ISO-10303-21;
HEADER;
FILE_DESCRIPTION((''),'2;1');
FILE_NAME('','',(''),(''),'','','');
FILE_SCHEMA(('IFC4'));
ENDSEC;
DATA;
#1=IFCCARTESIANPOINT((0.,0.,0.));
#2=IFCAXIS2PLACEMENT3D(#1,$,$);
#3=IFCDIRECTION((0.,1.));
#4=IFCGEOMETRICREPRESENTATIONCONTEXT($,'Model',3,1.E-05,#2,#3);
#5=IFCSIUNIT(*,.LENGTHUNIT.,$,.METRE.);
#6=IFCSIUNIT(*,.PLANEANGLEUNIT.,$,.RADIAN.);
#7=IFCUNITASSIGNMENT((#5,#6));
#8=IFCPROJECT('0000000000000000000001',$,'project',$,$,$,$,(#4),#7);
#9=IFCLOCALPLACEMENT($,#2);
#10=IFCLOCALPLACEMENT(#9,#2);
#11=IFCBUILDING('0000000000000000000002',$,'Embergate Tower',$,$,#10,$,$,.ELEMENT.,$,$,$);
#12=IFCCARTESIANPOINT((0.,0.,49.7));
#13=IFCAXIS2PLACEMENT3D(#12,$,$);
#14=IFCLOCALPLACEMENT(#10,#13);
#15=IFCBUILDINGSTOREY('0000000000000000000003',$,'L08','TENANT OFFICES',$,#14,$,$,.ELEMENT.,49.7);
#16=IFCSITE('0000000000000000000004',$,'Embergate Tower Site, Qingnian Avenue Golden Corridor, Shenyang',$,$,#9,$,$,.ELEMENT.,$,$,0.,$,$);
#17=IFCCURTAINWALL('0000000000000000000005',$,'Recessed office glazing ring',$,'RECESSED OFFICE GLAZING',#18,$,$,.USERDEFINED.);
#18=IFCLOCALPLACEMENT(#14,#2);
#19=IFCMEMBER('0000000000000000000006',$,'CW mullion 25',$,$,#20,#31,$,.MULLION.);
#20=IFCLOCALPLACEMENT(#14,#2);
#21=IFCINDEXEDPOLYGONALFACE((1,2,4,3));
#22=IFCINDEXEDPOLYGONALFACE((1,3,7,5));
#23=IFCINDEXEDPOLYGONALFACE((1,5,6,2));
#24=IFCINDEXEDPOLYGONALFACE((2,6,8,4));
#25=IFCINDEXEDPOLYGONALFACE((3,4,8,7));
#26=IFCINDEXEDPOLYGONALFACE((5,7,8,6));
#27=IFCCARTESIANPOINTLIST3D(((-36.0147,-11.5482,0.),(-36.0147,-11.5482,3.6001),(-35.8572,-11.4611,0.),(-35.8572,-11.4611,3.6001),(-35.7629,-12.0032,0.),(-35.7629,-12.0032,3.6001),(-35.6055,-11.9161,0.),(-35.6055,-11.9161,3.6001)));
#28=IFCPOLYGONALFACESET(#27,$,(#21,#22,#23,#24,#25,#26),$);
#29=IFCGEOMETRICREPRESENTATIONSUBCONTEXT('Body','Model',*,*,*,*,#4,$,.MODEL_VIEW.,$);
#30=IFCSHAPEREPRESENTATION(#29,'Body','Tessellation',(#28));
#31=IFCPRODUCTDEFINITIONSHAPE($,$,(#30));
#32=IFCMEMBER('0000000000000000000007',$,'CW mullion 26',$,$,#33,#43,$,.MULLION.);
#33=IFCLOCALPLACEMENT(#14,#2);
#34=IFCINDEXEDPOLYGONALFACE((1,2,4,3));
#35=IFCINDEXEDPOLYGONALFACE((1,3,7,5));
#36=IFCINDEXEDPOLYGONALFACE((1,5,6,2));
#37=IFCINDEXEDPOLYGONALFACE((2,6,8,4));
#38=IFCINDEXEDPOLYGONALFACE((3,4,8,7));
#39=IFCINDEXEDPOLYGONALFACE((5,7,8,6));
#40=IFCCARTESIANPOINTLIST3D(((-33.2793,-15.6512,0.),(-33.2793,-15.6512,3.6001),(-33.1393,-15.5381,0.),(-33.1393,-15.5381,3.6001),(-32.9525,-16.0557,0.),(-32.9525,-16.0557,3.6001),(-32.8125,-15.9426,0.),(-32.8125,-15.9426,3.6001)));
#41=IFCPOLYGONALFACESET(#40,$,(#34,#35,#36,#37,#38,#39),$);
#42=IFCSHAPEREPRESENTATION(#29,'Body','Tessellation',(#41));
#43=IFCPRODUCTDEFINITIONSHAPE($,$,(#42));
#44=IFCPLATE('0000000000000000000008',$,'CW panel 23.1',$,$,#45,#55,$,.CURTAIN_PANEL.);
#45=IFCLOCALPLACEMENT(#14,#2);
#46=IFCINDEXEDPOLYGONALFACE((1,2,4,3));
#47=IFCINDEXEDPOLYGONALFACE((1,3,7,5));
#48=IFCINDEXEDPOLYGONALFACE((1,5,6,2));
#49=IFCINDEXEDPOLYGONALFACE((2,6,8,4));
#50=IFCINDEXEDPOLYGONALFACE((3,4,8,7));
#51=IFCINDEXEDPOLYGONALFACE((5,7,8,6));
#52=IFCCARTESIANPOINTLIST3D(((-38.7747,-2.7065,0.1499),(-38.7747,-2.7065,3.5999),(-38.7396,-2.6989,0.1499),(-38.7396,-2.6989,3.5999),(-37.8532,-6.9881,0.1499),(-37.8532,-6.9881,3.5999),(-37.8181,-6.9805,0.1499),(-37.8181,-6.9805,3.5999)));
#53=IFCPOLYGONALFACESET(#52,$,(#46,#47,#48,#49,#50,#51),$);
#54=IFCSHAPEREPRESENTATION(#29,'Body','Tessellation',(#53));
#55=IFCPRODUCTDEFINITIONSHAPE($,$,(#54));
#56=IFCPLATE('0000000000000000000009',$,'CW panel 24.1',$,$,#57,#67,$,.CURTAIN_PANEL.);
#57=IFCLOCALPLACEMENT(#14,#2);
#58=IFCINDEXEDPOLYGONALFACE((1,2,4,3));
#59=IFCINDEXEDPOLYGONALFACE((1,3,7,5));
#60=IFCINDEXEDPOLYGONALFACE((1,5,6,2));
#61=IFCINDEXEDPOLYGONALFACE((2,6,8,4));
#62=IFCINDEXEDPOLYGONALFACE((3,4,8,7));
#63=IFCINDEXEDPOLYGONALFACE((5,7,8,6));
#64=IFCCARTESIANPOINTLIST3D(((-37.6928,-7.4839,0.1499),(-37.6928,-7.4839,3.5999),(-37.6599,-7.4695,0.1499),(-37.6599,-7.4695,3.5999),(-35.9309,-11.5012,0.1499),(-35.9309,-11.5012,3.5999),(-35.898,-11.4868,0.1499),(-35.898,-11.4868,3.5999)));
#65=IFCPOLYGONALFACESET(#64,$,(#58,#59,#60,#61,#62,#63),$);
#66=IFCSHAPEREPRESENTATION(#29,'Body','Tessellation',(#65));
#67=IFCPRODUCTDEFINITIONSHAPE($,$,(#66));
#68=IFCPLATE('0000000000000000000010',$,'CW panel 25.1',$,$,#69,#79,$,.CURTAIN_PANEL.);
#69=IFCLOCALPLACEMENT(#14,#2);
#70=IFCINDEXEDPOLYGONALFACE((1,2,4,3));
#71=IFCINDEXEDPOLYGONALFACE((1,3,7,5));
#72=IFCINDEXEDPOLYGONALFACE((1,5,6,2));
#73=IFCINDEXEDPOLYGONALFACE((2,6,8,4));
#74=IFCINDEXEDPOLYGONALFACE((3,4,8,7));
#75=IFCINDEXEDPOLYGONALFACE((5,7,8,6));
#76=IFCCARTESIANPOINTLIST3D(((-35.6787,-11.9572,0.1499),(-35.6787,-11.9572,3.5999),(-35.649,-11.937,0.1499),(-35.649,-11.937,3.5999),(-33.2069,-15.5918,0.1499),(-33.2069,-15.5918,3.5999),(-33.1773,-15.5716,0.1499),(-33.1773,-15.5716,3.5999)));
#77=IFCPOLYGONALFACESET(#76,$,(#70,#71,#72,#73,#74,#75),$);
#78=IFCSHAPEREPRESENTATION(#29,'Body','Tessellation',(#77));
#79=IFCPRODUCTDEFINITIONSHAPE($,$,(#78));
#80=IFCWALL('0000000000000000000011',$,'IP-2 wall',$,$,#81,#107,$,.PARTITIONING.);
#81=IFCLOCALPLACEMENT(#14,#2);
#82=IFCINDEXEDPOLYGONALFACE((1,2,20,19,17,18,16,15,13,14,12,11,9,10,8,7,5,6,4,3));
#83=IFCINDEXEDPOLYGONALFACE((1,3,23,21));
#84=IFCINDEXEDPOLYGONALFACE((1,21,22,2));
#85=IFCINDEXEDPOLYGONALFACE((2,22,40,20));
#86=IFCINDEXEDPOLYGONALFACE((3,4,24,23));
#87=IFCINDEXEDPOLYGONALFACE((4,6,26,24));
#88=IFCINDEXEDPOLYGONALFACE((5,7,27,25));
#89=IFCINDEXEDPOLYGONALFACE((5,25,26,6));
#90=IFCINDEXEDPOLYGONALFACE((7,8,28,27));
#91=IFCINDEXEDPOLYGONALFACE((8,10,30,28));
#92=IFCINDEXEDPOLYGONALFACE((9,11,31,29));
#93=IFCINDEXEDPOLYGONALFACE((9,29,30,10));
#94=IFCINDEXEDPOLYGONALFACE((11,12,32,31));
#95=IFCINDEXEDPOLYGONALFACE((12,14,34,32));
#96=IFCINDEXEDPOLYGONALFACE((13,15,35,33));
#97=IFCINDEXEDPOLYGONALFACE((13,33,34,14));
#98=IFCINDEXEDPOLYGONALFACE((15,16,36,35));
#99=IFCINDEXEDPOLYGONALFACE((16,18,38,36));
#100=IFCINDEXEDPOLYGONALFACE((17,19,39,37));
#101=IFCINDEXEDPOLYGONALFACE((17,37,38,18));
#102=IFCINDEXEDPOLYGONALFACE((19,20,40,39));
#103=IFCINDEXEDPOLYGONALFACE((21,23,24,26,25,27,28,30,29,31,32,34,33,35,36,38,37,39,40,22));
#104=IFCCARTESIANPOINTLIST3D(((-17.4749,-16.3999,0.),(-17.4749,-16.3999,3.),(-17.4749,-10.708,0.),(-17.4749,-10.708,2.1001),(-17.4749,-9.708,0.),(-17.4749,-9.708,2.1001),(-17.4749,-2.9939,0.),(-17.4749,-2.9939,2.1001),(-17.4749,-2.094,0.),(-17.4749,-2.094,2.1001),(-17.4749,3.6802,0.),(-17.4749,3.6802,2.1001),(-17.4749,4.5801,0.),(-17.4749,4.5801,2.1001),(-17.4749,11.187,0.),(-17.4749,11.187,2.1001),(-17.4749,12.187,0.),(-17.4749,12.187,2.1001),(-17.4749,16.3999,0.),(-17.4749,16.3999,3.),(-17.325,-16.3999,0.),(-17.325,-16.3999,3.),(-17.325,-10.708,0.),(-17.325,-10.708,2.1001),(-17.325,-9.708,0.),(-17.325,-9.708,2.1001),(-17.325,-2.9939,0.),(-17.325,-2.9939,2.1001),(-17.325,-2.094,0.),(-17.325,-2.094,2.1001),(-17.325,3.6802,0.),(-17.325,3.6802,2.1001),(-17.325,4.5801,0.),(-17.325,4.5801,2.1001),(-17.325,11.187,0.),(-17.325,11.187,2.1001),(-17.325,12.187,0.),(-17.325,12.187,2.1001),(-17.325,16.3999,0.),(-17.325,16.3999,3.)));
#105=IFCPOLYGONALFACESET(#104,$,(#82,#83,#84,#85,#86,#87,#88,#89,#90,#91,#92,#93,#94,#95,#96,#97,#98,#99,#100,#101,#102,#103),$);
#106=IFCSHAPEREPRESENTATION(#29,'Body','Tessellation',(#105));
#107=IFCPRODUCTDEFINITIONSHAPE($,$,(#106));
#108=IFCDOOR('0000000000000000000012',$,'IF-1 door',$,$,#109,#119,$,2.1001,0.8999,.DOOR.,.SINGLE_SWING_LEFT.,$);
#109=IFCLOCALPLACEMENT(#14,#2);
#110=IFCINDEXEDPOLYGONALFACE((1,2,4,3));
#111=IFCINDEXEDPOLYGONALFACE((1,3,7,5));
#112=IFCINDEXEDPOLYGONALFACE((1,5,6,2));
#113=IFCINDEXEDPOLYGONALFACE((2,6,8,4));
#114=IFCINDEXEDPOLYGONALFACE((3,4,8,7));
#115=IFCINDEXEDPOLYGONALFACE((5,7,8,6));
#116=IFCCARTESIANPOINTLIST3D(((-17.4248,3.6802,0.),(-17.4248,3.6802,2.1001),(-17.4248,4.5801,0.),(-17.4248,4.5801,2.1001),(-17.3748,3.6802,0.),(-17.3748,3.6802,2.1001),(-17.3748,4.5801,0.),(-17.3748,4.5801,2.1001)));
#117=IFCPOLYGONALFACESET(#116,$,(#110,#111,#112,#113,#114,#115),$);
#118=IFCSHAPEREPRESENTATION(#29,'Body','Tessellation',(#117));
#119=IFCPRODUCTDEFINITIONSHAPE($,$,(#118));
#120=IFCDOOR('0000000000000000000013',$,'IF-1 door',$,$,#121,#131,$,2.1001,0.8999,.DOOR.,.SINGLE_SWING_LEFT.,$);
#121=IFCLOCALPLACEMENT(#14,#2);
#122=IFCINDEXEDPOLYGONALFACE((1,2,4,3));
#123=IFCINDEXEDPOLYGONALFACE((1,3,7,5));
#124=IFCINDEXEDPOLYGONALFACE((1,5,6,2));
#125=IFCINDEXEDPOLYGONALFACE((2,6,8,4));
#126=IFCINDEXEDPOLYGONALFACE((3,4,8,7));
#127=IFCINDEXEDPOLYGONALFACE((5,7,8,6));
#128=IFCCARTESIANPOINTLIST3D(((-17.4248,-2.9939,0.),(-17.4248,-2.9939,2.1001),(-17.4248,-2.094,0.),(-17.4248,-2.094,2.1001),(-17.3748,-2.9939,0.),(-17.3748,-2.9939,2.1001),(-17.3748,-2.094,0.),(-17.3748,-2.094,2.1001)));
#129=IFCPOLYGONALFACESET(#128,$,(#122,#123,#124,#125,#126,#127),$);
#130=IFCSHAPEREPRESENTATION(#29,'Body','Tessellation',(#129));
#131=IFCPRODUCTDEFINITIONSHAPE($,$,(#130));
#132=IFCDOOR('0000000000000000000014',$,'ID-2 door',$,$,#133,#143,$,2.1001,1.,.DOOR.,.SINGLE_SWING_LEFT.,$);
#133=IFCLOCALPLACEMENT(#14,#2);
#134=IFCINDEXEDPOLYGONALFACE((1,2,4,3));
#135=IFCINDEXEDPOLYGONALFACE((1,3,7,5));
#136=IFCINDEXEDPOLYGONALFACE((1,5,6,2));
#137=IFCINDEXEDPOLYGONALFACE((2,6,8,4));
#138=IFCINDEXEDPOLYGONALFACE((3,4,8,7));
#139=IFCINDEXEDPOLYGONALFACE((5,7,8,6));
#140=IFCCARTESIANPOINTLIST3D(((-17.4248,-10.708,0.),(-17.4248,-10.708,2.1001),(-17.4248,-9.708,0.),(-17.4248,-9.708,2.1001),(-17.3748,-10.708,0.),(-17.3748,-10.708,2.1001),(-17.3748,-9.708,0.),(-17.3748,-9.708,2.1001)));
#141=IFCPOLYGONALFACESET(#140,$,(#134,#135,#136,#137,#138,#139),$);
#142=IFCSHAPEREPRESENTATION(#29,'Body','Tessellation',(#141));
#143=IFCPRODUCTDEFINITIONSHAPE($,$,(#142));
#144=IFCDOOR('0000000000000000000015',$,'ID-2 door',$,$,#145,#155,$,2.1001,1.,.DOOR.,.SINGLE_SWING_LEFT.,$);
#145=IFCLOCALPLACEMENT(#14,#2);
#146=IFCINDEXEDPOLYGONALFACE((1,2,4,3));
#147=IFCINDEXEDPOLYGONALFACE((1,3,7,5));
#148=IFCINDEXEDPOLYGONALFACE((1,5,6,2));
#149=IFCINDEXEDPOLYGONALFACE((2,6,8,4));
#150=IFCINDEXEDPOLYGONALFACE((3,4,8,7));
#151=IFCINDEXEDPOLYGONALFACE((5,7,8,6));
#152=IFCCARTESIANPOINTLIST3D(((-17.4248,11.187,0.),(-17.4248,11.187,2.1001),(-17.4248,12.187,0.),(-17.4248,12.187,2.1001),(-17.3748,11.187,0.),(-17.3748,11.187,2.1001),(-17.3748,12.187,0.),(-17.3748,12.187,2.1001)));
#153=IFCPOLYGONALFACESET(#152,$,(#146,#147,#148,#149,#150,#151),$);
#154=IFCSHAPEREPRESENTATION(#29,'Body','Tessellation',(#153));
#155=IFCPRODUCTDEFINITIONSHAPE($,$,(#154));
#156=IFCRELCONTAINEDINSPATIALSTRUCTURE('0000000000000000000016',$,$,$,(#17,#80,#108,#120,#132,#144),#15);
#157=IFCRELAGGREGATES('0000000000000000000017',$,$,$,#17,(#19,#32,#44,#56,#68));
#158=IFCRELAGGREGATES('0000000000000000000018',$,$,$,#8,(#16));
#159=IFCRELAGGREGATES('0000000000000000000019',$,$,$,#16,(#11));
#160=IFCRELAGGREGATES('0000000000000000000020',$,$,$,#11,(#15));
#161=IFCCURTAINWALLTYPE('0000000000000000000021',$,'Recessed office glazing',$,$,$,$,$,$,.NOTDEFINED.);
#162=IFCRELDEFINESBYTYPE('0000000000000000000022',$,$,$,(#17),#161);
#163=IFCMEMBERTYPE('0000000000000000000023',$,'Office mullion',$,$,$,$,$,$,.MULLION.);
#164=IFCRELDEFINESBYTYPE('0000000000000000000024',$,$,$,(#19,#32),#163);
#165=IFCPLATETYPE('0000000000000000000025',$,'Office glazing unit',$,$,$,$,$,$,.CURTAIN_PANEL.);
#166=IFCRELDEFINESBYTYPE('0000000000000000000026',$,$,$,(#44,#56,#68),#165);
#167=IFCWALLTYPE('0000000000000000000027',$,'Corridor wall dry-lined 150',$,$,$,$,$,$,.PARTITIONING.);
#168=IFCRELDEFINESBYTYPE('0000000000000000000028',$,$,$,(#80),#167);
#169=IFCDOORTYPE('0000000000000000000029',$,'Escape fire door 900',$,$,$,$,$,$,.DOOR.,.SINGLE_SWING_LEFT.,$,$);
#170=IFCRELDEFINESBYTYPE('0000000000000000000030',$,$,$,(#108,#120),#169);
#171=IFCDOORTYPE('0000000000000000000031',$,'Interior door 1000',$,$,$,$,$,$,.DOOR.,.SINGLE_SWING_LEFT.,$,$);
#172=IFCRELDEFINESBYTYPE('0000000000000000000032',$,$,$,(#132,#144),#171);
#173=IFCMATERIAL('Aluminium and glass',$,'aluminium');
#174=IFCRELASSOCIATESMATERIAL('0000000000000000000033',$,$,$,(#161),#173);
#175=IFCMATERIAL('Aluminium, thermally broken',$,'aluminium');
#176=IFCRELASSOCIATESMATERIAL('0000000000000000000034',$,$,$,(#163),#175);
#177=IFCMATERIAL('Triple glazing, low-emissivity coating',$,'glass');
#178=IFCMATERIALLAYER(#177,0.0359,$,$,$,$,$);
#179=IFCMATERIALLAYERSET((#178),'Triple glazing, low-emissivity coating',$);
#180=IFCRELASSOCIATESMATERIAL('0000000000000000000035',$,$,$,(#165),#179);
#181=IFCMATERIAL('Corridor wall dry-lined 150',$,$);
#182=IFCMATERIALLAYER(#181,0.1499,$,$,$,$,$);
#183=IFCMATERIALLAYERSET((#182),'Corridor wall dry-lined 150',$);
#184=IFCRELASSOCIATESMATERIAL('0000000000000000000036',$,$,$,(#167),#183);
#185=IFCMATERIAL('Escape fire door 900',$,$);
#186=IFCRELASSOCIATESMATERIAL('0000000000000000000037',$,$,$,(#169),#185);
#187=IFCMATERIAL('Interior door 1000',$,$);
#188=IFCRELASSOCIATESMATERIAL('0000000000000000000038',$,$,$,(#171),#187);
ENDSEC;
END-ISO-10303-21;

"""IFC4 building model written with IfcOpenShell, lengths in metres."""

from ifc_helpers import new_model, si_unit, direction, frame, frame_2d, origin, origin_2d, place, context, subcontext, project, spatial, rectangle, extrude, source, transform, mapped, material, layer, layer_set, material_profile, profile_set, type_object, element, fill, aggregate, save


model = new_model("IFC4")

# Units and contexts
model_context = context("Model", 3, precision=1e-05, world=origin(), true_north=direction((0.0, 1.0)))
body_context = subcontext(model_context, "Body", "Model", "MODEL_VIEW")
ifc_project = project(units=[si_unit("LENGTHUNIT", "METRE"), si_unit("PLANEANGLEUNIT", "RADIAN")], contexts=[model_context])

# Site, building, storey
site_placement = place(None, origin())
site = spatial("IfcSite", under=ifc_project, at=site_placement, Name="Embergate Tower Site, Qingnian Avenue Golden Corridor, Shenyang", CompositionType="ELEMENT", RefElevation=0.0)
building_placement = place(site_placement, origin())
building = spatial("IfcBuilding", under=site, at=building_placement, Name="Embergate Tower", CompositionType="ELEMENT")
storey_placement = place(building_placement, frame((0.0, 0.0, 49.7)))
storey = spatial("IfcBuildingStorey", under=building, at=storey_placement, Name="L08", Description="TENANT OFFICES", CompositionType="ELEMENT", Elevation=49.7)

# Curtain wall, members, plates
ifc_material_1 = material(Name="Aluminium and glass", Category="aluminium")
curtain_wall_type = type_object("IfcCurtainWallType", Name="Recessed office glazing", PredefinedType="NOTDEFINED", material=ifc_material_1)
curtain_wall_placement = place(storey_placement, origin())
curtain_wall = element("IfcCurtainWall", 1, at=curtain_wall_placement, inside=storey, type_object=curtain_wall_type, Name="Recessed office glazing ring", ObjectType="RECESSED OFFICE GLAZING", PredefinedType="USERDEFINED")
ifc_material_2 = material(Name="Aluminium, thermally broken", Category="aluminium")
ifc_material_profile_1 = material_profile(ifc_material_2, rectangle(XDim=0.1799, YDim=0.52, at=origin_2d()), Name="AL 520x180")
ifc_profile_set_1 = profile_set([ifc_material_profile_1], Name="Aluminium, thermally broken")
member_type_1 = type_object("IfcMemberType", Name="Office mullion", PredefinedType="MULLION", material=ifc_profile_set_1)
shared_shape_1 = source(origin(), body_context, "Body", "SweptSolid", [
    extrude(rectangle(XDim=0.1799, YDim=0.52, at=origin_2d()), origin(), (0.0, 0.0, 1.0), 3.6001),
])
member_1_placement = place(storey_placement, frame((-35.8101, -11.7322, 0.0), z_axis=(0.0, 0.0, 1.0), x_axis=(0.875004, 0.484115, 0.0)))
member_1 = element("IfcMember", 2, at=member_1_placement, type_object=member_type_1, Name="CW mullion 25", PredefinedType="MULLION", context=body_context, shape_type="MappedRepresentation", body=[
    mapped(shared_shape_1, transform((0.0, 0.0, 0.0))),
])
member_2_placement = place(storey_placement, frame((-33.0459, -15.7969, 0.0), z_axis=(0.0, 0.0, 1.0), x_axis=(0.777876, 0.628418, 0.0)))
member_2 = element("IfcMember", 3, at=member_2_placement, type_object=member_type_1, Name="CW mullion 26", PredefinedType="MULLION", context=body_context, shape_type="MappedRepresentation", body=[
    mapped(shared_shape_1, transform((0.0, 0.0, 0.0))),
])
ifc_material_3 = material(Name="Triple glazing, low-emissivity coating", Category="glass")
ifc_layer_1 = layer(ifc_material_3, 0.0359)
ifc_layer_set_1 = layer_set([ifc_layer_1], Name="Triple glazing, low-emissivity coating")
plate_type = type_object("IfcPlateType", Name="Office glazing unit", PredefinedType="CURTAIN_PANEL", material=ifc_layer_set_1)
shared_shape_2 = source(origin(), body_context, "Body", "SweptSolid", [
    extrude(rectangle(XDim=4.3796, YDim=0.0359, at=origin_2d()), origin(), (0.0, 0.0, 1.0), 3.45),
])
plate_1_placement = place(storey_placement, frame((-38.2964, -4.8435, 0.1499), z_axis=(0.0, 0.0, 1.0), x_axis=(0.210398, -0.977616, 0.0)))
plate_1 = element("IfcPlate", 4, at=plate_1_placement, type_object=plate_type, Name="CW panel 23.1", PredefinedType="CURTAIN_PANEL", context=body_context, shape_type="MappedRepresentation", body=[
    mapped(shared_shape_2, transform((0.0, 0.0, 0.0))),
])
shared_shape_3 = source(origin(), body_context, "Body", "SweptSolid", [
    extrude(rectangle(XDim=4.3867, YDim=0.0359, at=origin_2d()), origin(), (0.0, 0.0, 1.0), 3.45),
])
plate_2_placement = place(storey_placement, frame((-36.7954, -9.4854, 0.1499), z_axis=(0.0, 0.0, 1.0), x_axis=(0.401652, -0.915792, 0.0)))
plate_2 = element("IfcPlate", 5, at=plate_2_placement, type_object=plate_type, Name="CW panel 24.1", PredefinedType="CURTAIN_PANEL", context=body_context, shape_type="MappedRepresentation", body=[
    mapped(shared_shape_3, transform((0.0, 0.0, 0.0))),
])
shared_shape_4 = source(origin(), body_context, "Body", "SweptSolid", [
    extrude(rectangle(XDim=4.3955, YDim=0.0359, at=origin_2d()), origin(), (0.0, 0.0, 1.0), 3.45),
])
plate_3_placement = place(storey_placement, frame((-34.428, -13.7644, 0.1499), z_axis=(0.0, 0.0, 1.0), x_axis=(0.562342, -0.826905, 0.0)))
plate_3 = element("IfcPlate", 6, at=plate_3_placement, type_object=plate_type, Name="CW panel 25.1", PredefinedType="CURTAIN_PANEL", context=body_context, shape_type="MappedRepresentation", body=[
    mapped(shared_shape_4, transform((0.0, 0.0, 0.0))),
])
aggregate(curtain_wall, [member_1, member_2, plate_1, plate_2, plate_3])

# Wall, openings, doors
ifc_material_4 = material(Name="Corridor wall dry-lined 150")
ifc_layer_2 = layer(ifc_material_4, 0.1499)
ifc_layer_set_2 = layer_set([ifc_layer_2], Name="Corridor wall dry-lined 150")
wall_type_1 = type_object("IfcWallType", Name="Corridor wall dry-lined 150", PredefinedType="PARTITIONING", material=ifc_layer_set_2)
shared_shape_5 = source(origin(), body_context, "Body", "SweptSolid", [
    extrude(rectangle(XDim=32.7998, YDim=0.1499, at=frame_2d((16.3999, 0.0))), origin(), (0.0, 0.0, 1.0), 3.0),
])
wall_1_placement = place(storey_placement, frame((-17.3999, -16.3999, 0.0), z_axis=(0.0, 0.0, 1.0), x_axis=(0.0, 1.0, 0.0)))
wall_1 = element("IfcWall", 7, at=wall_1_placement, inside=storey, type_object=wall_type_1, Name="IP-2 wall", PredefinedType="PARTITIONING", context=body_context, shape_type="MappedRepresentation", body=[
    mapped(shared_shape_5, transform((0.0, 0.0, 0.0))),
])
shared_shape_6 = source(origin(), body_context, "Body", "SweptSolid", [
    extrude(rectangle(XDim=1.0, YDim=2.1001, at=frame_2d((0.5, 1.05))), frame((0.0, 0.085, 0.0), z_axis=(0.0, -1.0, 0.0), x_axis=(1.0, 0.0, 0.0)), (0.0, 0.0, 1.0), 0.1699),
])
opening_1_placement = place(wall_1_placement, frame((5.6919, 0.0, 0.0)))
opening_1 = element("IfcOpeningElement", 8, at=opening_1_placement, cuts=wall_1, PredefinedType="OPENING", context=body_context, shape_type="MappedRepresentation", body=[
    mapped(shared_shape_6, transform((0.0, 0.0, 0.0))),
])
opening_2_placement = place(wall_1_placement, frame((27.5869, 0.0, 0.0)))
opening_2 = element("IfcOpeningElement", 9, at=opening_2_placement, cuts=wall_1, PredefinedType="OPENING", context=body_context, shape_type="MappedRepresentation", body=[
    mapped(shared_shape_6, transform((0.0, 0.0, 0.0))),
])
shared_shape_7 = source(origin(), body_context, "Body", "SweptSolid", [
    extrude(rectangle(XDim=0.8999, YDim=2.1001, at=frame_2d((0.45, 1.05))), frame((0.0, 0.085, 0.0), z_axis=(0.0, -1.0, 0.0), x_axis=(1.0, 0.0, 0.0)), (0.0, 0.0, 1.0), 0.1699),
])
opening_3_placement = place(wall_1_placement, frame((20.0801, 0.0, 0.0)))
opening_3 = element("IfcOpeningElement", 10, at=opening_3_placement, cuts=wall_1, PredefinedType="OPENING", context=body_context, shape_type="MappedRepresentation", body=[
    mapped(shared_shape_7, transform((0.0, 0.0, 0.0))),
])
opening_4_placement = place(wall_1_placement, frame((13.406, 0.0, 0.0)))
opening_4 = element("IfcOpeningElement", 11, at=opening_4_placement, cuts=wall_1, PredefinedType="OPENING", context=body_context, shape_type="MappedRepresentation", body=[
    mapped(shared_shape_7, transform((0.0, 0.0, 0.0))),
])
ifc_material_5 = material(Name="Escape fire door 900")
door_type_1 = type_object("IfcDoorType", Name="Escape fire door 900", OperationType="SINGLE_SWING_LEFT", PredefinedType="DOOR", material=ifc_material_5)
shared_shape_8 = source(origin(), body_context, "Body", "SweptSolid", [
    extrude(rectangle(XDim=0.8999, YDim=2.1001, at=frame_2d((0.45, 1.05))), frame((0.0, 0.0249, 0.0), z_axis=(0.0, -1.0, 0.0), x_axis=(1.0, 0.0, 0.0)), (0.0, 0.0, 1.0), 0.05),
])
door_1_placement = place(opening_3_placement, origin())
door_1 = element("IfcDoor", 12, at=door_1_placement, inside=storey, type_object=door_type_1, Name="IF-1 door", OperationType="SINGLE_SWING_LEFT", OverallHeight=2.1001, OverallWidth=0.8999, PredefinedType="DOOR", context=body_context, shape_type="MappedRepresentation", body=[
    mapped(shared_shape_8, transform((0.0, 0.0, 0.0))),
])
fill(opening_3, door_1)
door_2_placement = place(opening_4_placement, origin())
door_2 = element("IfcDoor", 13, at=door_2_placement, inside=storey, type_object=door_type_1, Name="IF-1 door", OperationType="SINGLE_SWING_LEFT", OverallHeight=2.1001, OverallWidth=0.8999, PredefinedType="DOOR", context=body_context, shape_type="MappedRepresentation", body=[
    mapped(shared_shape_8, transform((0.0, 0.0, 0.0))),
])
fill(opening_4, door_2)
ifc_material_6 = material(Name="Interior door 1000")
door_type_2 = type_object("IfcDoorType", Name="Interior door 1000", OperationType="SINGLE_SWING_LEFT", PredefinedType="DOOR", material=ifc_material_6)
shared_shape_9 = source(origin(), body_context, "Body", "SweptSolid", [
    extrude(rectangle(XDim=1.0, YDim=2.1001, at=frame_2d((0.5, 1.05))), frame((0.0, 0.0249, 0.0), z_axis=(0.0, -1.0, 0.0), x_axis=(1.0, 0.0, 0.0)), (0.0, 0.0, 1.0), 0.05),
])
door_3_placement = place(opening_1_placement, origin())
door_3 = element("IfcDoor", 14, at=door_3_placement, inside=storey, type_object=door_type_2, Name="ID-2 door", OperationType="SINGLE_SWING_LEFT", OverallHeight=2.1001, OverallWidth=1.0, PredefinedType="DOOR", context=body_context, shape_type="MappedRepresentation", body=[
    mapped(shared_shape_9, transform((0.0, 0.0, 0.0))),
])
fill(opening_1, door_3)
door_4_placement = place(opening_2_placement, origin())
door_4 = element("IfcDoor", 15, at=door_4_placement, inside=storey, type_object=door_type_2, Name="ID-2 door", OperationType="SINGLE_SWING_LEFT", OverallHeight=2.1001, OverallWidth=1.0, PredefinedType="DOOR", context=body_context, shape_type="MappedRepresentation", body=[
    mapped(shared_shape_9, transform((0.0, 0.0, 0.0))),
])
fill(opening_2, door_4)

save(model, "model.ifc")
